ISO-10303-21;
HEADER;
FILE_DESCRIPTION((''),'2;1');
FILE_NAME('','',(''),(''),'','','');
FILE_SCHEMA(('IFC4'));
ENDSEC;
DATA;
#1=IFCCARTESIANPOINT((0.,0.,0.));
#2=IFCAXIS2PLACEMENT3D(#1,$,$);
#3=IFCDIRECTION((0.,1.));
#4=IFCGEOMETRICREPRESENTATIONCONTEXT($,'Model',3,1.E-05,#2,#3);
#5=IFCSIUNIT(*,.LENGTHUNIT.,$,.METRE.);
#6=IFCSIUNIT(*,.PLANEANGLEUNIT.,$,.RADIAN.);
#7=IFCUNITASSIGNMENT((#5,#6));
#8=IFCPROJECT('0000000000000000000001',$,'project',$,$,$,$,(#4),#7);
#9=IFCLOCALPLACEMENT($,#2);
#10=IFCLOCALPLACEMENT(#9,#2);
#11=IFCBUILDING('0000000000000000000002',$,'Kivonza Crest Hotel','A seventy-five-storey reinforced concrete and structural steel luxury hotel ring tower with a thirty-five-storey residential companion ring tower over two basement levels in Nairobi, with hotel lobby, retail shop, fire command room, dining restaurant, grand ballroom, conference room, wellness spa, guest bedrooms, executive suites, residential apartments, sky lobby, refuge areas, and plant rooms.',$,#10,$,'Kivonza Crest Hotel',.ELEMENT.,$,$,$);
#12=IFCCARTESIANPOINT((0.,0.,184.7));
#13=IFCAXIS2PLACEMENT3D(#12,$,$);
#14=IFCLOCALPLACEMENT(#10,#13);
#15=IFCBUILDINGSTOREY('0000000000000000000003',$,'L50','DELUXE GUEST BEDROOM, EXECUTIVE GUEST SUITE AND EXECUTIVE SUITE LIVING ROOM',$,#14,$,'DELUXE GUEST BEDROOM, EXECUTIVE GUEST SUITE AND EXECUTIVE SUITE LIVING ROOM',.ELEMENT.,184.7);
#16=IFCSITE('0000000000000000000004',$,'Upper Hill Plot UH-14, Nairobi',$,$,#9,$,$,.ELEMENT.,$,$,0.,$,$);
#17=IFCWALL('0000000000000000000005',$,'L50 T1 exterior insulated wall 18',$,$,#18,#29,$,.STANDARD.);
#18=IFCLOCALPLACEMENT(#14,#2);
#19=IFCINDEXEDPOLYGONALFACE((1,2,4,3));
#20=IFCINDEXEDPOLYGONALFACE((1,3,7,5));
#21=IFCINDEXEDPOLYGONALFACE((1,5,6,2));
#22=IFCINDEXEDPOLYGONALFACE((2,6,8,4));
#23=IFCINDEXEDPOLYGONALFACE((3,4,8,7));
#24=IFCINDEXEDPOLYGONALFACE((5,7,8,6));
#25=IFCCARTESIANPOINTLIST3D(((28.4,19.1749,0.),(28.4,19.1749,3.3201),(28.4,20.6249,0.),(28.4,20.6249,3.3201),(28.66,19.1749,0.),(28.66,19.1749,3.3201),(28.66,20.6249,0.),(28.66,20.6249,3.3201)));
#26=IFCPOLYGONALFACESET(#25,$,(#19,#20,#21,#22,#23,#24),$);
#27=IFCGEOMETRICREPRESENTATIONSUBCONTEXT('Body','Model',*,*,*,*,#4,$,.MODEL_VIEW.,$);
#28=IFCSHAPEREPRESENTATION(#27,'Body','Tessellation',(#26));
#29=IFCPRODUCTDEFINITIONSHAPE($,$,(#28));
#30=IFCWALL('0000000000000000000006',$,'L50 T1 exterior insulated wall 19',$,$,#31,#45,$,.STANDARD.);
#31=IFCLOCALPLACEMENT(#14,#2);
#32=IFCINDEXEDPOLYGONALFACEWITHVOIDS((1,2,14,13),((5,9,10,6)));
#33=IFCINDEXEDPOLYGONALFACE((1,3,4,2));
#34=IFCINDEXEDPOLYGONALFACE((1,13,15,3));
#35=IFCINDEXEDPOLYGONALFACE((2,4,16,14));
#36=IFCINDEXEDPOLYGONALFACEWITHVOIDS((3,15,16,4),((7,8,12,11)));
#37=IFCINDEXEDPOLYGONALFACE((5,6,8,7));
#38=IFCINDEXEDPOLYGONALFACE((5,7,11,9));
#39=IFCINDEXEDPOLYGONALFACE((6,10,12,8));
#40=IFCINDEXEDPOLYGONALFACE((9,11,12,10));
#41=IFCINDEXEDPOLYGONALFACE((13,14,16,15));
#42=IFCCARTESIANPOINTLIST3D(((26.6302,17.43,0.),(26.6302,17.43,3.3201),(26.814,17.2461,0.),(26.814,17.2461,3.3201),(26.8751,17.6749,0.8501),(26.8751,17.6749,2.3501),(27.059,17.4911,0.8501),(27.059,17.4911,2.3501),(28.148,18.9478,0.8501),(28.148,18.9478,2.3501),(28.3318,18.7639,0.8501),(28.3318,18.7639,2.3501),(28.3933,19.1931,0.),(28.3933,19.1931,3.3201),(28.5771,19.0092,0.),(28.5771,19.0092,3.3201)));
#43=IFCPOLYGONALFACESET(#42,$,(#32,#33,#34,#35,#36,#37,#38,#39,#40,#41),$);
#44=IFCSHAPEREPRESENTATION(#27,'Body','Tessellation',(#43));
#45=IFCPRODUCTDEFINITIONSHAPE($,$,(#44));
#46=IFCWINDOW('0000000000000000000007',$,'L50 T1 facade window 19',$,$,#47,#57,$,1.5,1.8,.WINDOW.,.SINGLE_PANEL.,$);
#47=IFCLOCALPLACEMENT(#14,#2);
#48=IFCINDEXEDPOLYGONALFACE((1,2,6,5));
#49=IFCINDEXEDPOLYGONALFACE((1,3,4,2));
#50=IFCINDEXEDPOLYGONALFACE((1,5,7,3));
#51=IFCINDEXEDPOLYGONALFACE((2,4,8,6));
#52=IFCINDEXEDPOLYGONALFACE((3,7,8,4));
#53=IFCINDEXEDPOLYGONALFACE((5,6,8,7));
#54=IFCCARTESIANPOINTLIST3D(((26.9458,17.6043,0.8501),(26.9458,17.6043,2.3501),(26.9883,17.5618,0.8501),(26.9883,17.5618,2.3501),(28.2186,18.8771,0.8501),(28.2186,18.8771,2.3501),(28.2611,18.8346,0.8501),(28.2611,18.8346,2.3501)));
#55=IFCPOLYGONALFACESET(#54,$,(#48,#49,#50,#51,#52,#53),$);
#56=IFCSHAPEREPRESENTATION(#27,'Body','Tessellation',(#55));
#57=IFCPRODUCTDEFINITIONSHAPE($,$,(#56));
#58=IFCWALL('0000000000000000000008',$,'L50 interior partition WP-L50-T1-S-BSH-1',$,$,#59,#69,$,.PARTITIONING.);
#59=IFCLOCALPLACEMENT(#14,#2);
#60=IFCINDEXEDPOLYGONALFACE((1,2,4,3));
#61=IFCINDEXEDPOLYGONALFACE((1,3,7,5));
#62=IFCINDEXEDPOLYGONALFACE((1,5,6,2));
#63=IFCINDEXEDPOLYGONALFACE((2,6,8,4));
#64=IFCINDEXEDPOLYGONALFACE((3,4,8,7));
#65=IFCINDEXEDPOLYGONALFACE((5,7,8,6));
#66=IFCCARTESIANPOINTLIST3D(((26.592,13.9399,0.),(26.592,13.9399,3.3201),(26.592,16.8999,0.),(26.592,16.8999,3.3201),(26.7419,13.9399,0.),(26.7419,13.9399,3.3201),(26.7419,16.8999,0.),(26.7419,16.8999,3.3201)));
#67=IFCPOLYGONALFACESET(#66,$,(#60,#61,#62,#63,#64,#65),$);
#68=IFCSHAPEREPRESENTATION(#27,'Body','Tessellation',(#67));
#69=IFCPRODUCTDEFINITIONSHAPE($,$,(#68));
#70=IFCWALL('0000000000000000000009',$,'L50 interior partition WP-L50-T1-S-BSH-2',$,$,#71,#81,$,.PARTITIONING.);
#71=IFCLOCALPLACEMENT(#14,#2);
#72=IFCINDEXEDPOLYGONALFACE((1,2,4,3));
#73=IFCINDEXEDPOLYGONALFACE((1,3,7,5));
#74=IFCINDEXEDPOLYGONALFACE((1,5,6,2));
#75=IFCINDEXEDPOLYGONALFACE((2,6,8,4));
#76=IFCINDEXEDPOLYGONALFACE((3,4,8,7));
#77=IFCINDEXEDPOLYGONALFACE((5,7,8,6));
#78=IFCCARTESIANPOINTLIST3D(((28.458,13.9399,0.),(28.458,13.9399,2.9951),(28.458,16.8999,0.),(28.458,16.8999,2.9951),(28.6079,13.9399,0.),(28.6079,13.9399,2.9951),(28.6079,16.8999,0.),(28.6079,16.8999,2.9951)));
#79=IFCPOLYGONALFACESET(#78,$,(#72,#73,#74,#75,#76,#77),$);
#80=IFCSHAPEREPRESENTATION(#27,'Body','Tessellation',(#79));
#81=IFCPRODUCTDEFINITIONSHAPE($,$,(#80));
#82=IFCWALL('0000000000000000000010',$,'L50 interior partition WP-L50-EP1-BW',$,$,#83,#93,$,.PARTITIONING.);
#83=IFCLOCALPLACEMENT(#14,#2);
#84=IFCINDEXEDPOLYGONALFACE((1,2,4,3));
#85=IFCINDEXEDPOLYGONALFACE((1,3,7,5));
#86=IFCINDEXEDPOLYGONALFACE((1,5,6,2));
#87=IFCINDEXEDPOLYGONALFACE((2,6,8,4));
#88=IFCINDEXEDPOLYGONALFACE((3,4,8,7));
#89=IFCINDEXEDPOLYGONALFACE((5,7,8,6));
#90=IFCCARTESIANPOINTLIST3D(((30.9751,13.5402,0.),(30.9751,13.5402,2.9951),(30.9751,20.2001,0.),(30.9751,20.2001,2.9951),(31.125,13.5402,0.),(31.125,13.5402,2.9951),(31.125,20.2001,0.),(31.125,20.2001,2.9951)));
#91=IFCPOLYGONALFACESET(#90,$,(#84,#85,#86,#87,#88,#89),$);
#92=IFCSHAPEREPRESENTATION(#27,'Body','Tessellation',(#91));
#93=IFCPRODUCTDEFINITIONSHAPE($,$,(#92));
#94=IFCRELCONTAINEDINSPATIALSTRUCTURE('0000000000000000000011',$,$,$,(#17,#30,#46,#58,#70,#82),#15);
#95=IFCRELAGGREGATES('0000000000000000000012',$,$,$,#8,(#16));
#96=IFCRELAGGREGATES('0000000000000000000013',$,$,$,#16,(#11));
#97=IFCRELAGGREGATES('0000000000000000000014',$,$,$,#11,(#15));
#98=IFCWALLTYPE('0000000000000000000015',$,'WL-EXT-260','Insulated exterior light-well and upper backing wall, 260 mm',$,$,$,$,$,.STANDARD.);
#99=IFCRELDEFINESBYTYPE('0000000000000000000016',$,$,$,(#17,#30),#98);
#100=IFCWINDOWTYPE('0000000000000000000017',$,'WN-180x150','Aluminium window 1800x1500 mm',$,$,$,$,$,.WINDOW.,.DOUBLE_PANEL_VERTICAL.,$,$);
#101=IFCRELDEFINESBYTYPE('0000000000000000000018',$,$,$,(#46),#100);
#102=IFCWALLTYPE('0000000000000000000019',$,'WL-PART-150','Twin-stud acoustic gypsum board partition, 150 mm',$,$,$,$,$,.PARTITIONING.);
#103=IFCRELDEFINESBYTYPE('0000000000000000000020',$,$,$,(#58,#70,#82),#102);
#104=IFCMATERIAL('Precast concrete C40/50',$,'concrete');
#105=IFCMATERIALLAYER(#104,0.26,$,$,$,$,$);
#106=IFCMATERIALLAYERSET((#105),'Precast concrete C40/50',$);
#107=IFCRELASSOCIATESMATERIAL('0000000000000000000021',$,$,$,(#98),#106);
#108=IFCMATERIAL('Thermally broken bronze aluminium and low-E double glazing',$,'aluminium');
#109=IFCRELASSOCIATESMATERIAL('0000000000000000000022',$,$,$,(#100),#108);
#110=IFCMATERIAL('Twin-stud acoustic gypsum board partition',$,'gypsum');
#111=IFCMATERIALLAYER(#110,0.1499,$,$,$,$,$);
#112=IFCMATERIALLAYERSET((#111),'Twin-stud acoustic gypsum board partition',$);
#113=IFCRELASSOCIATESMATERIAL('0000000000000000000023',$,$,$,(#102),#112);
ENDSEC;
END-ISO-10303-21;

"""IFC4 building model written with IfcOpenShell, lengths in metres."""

from ifc_helpers import new_model, si_unit, direction, frame, frame_2d, origin, place, context, subcontext, project, spatial, rectangle, extrude, material, layer, layer_set, type_object, element, fill, save


model = new_model("IFC4")

# Units and contexts
model_context = context("Model", 3, precision=1e-05, world=origin(), true_north=direction((0.0, 1.0)))
body_context = subcontext(model_context, "Body", "Model", "MODEL_VIEW")
ifc_project = project(units=[si_unit("LENGTHUNIT", "METRE"), si_unit("PLANEANGLEUNIT", "RADIAN")], contexts=[model_context])

# Site, building, storey
site_placement = place(None, origin())
site = spatial("IfcSite", under=ifc_project, at=site_placement, Name="Upper Hill Plot UH-14, Nairobi", CompositionType="ELEMENT", RefElevation=0.0)
building_placement = place(site_placement, origin())
building = spatial("IfcBuilding", under=site, at=building_placement, Name="Kivonza Crest Hotel", Description="A seventy-five-storey reinforced concrete and structural steel luxury hotel ring tower with a thirty-five-storey residential companion ring tower over two basement levels in Nairobi, with hotel lobby, retail shop, fire command room, dining restaurant, grand ballroom, conference room, wellness spa, guest bedrooms, executive suites, residential apartments, sky lobby, refuge areas, and plant rooms.", LongName="Kivonza Crest Hotel", CompositionType="ELEMENT")
storey_placement = place(building_placement, frame((0.0, 0.0, 184.7)))
storey = spatial("IfcBuildingStorey", under=building, at=storey_placement, Name="L50", Description="DELUXE GUEST BEDROOM, EXECUTIVE GUEST SUITE AND EXECUTIVE SUITE LIVING ROOM", LongName="DELUXE GUEST BEDROOM, EXECUTIVE GUEST SUITE AND EXECUTIVE SUITE LIVING ROOM", CompositionType="ELEMENT", Elevation=184.7)

# Shared definitions
ifc_material_1 = material(Name="Precast concrete C40/50", Category="concrete")
ifc_layer_1 = layer(ifc_material_1, 0.26)
ifc_layer_set_1 = layer_set([ifc_layer_1], Name="Precast concrete C40/50")
wall_type_1 = type_object("IfcWallType", Name="WL-EXT-260", Description="Insulated exterior light-well and upper backing wall, 260 mm", PredefinedType="STANDARD", material=ifc_layer_set_1)
ifc_material_2 = material(Name="Thermally broken bronze aluminium and low-E double glazing", Category="aluminium")
window_type_1 = type_object("IfcWindowType", Name="WN-180x150", Description="Aluminium window 1800x1500 mm", PartitioningType="DOUBLE_PANEL_VERTICAL", PredefinedType="WINDOW", material=ifc_material_2)

# Wall
wall_1_placement = place(storey_placement, frame((28.53, 20.625, 0.0), z_axis=(0.0, 0.0, 1.0), x_axis=(0.0, -1.0, 0.0)))
element("IfcWall", 1, at=wall_1_placement, inside=storey, type_object=wall_type_1, Name="L50 T1 exterior insulated wall 18", PredefinedType="STANDARD", context=body_context, shape_type="SweptSolid", body=[
    extrude(rectangle(XDim=1.45, YDim=0.26, at=frame_2d((0.7251, 0.0))), origin(), (0.0, 0.0, 1.0), 3.3201),
])

# Wall, opening, window
wall_2_placement = place(storey_placement, frame((28.4851, 19.1011, 0.0), z_axis=(0.0, 0.0, 1.0), x_axis=(-0.707107, -0.707107, 0.0)))
wall_2 = element("IfcWall", 2, at=wall_2_placement, inside=storey, type_object=wall_type_1, Name="L50 T1 exterior insulated wall 19", PredefinedType="STANDARD", context=body_context, shape_type="SweptSolid", body=[
    extrude(rectangle(XDim=2.4934, YDim=0.26, at=frame_2d((1.2466, 0.0))), origin(), (0.0, 0.0, 1.0), 3.3201),
])
opening_1_placement = place(wall_2_placement, frame((0.3469, 0.0, 0.8501)))
opening_1 = element("IfcOpeningElement", 3, at=opening_1_placement, cuts=wall_2, PredefinedType="OPENING", context=body_context, shape_type="SweptSolid", body=[
    extrude(rectangle(XDim=1.8, YDim=1.5, at=frame_2d((0.8999, 0.75))), frame((0.0, 0.1401, 0.0), z_axis=(0.0, -1.0, 0.0), x_axis=(1.0, 0.0, 0.0)), (0.0, 0.0, 1.0), 0.28),
])
window_1_placement = place(opening_1_placement, origin())
window_1 = element("IfcWindow", 4, at=window_1_placement, inside=storey, type_object=window_type_1, Name="L50 T1 facade window 19", OverallHeight=1.5, OverallWidth=1.8, PartitioningType="SINGLE_PANEL", PredefinedType="WINDOW", context=body_context, shape_type="SweptSolid", body=[
    extrude(rectangle(XDim=1.8, YDim=1.5, at=frame_2d((0.8999, 0.75))), frame((0.0, 0.03, 0.0), z_axis=(0.0, -1.0, 0.0), x_axis=(1.0, 0.0, 0.0)), (0.0, 0.0, 1.0), 0.0601),
])
fill(opening_1, window_1)

# Walls
ifc_material_3 = material(Name="Twin-stud acoustic gypsum board partition", Category="gypsum")
ifc_layer_2 = layer(ifc_material_3, 0.1499)
ifc_layer_set_2 = layer_set([ifc_layer_2], Name="Twin-stud acoustic gypsum board partition")
wall_type_2 = type_object("IfcWallType", Name="WL-PART-150", Description="Twin-stud acoustic gypsum board partition, 150 mm", PredefinedType="PARTITIONING", material=ifc_layer_set_2)
wall_3_placement = place(storey_placement, frame((26.667, 13.9399, 0.0), z_axis=(0.0, 0.0, 1.0), x_axis=(0.0, 1.0, 0.0)))
element("IfcWall", 5, at=wall_3_placement, inside=storey, type_object=wall_type_2, Name="L50 interior partition WP-L50-T1-S-BSH-1", PredefinedType="PARTITIONING", context=body_context, shape_type="SweptSolid", body=[
    extrude(rectangle(XDim=2.96, YDim=0.1499, at=frame_2d((1.48, 0.0))), origin(), (0.0, 0.0, 1.0), 3.3201),
])
wall_4_placement = place(storey_placement, frame((28.533, 13.9399, 0.0), z_axis=(0.0, 0.0, 1.0), x_axis=(0.0, 1.0, 0.0)))
element("IfcWall", 6, at=wall_4_placement, inside=storey, type_object=wall_type_2, Name="L50 interior partition WP-L50-T1-S-BSH-2", PredefinedType="PARTITIONING", context=body_context, shape_type="SweptSolid", body=[
    extrude(rectangle(XDim=2.96, YDim=0.1499, at=frame_2d((1.48, 0.0))), origin(), (0.0, 0.0, 1.0), 2.9951),
])
wall_5_placement = place(storey_placement, frame((31.05, 13.54, 0.0), z_axis=(0.0, 0.0, 1.0), x_axis=(0.0, 1.0, 0.0)))
element("IfcWall", 7, at=wall_5_placement, inside=storey, type_object=wall_type_2, Name="L50 interior partition WP-L50-EP1-BW", PredefinedType="PARTITIONING", context=body_context, shape_type="SweptSolid", body=[
    extrude(rectangle(XDim=6.6599, YDim=0.1499, at=frame_2d((3.3301, 0.0))), origin(), (0.0, 0.0, 1.0), 2.9951),
])

save(model, "model.ifc")
